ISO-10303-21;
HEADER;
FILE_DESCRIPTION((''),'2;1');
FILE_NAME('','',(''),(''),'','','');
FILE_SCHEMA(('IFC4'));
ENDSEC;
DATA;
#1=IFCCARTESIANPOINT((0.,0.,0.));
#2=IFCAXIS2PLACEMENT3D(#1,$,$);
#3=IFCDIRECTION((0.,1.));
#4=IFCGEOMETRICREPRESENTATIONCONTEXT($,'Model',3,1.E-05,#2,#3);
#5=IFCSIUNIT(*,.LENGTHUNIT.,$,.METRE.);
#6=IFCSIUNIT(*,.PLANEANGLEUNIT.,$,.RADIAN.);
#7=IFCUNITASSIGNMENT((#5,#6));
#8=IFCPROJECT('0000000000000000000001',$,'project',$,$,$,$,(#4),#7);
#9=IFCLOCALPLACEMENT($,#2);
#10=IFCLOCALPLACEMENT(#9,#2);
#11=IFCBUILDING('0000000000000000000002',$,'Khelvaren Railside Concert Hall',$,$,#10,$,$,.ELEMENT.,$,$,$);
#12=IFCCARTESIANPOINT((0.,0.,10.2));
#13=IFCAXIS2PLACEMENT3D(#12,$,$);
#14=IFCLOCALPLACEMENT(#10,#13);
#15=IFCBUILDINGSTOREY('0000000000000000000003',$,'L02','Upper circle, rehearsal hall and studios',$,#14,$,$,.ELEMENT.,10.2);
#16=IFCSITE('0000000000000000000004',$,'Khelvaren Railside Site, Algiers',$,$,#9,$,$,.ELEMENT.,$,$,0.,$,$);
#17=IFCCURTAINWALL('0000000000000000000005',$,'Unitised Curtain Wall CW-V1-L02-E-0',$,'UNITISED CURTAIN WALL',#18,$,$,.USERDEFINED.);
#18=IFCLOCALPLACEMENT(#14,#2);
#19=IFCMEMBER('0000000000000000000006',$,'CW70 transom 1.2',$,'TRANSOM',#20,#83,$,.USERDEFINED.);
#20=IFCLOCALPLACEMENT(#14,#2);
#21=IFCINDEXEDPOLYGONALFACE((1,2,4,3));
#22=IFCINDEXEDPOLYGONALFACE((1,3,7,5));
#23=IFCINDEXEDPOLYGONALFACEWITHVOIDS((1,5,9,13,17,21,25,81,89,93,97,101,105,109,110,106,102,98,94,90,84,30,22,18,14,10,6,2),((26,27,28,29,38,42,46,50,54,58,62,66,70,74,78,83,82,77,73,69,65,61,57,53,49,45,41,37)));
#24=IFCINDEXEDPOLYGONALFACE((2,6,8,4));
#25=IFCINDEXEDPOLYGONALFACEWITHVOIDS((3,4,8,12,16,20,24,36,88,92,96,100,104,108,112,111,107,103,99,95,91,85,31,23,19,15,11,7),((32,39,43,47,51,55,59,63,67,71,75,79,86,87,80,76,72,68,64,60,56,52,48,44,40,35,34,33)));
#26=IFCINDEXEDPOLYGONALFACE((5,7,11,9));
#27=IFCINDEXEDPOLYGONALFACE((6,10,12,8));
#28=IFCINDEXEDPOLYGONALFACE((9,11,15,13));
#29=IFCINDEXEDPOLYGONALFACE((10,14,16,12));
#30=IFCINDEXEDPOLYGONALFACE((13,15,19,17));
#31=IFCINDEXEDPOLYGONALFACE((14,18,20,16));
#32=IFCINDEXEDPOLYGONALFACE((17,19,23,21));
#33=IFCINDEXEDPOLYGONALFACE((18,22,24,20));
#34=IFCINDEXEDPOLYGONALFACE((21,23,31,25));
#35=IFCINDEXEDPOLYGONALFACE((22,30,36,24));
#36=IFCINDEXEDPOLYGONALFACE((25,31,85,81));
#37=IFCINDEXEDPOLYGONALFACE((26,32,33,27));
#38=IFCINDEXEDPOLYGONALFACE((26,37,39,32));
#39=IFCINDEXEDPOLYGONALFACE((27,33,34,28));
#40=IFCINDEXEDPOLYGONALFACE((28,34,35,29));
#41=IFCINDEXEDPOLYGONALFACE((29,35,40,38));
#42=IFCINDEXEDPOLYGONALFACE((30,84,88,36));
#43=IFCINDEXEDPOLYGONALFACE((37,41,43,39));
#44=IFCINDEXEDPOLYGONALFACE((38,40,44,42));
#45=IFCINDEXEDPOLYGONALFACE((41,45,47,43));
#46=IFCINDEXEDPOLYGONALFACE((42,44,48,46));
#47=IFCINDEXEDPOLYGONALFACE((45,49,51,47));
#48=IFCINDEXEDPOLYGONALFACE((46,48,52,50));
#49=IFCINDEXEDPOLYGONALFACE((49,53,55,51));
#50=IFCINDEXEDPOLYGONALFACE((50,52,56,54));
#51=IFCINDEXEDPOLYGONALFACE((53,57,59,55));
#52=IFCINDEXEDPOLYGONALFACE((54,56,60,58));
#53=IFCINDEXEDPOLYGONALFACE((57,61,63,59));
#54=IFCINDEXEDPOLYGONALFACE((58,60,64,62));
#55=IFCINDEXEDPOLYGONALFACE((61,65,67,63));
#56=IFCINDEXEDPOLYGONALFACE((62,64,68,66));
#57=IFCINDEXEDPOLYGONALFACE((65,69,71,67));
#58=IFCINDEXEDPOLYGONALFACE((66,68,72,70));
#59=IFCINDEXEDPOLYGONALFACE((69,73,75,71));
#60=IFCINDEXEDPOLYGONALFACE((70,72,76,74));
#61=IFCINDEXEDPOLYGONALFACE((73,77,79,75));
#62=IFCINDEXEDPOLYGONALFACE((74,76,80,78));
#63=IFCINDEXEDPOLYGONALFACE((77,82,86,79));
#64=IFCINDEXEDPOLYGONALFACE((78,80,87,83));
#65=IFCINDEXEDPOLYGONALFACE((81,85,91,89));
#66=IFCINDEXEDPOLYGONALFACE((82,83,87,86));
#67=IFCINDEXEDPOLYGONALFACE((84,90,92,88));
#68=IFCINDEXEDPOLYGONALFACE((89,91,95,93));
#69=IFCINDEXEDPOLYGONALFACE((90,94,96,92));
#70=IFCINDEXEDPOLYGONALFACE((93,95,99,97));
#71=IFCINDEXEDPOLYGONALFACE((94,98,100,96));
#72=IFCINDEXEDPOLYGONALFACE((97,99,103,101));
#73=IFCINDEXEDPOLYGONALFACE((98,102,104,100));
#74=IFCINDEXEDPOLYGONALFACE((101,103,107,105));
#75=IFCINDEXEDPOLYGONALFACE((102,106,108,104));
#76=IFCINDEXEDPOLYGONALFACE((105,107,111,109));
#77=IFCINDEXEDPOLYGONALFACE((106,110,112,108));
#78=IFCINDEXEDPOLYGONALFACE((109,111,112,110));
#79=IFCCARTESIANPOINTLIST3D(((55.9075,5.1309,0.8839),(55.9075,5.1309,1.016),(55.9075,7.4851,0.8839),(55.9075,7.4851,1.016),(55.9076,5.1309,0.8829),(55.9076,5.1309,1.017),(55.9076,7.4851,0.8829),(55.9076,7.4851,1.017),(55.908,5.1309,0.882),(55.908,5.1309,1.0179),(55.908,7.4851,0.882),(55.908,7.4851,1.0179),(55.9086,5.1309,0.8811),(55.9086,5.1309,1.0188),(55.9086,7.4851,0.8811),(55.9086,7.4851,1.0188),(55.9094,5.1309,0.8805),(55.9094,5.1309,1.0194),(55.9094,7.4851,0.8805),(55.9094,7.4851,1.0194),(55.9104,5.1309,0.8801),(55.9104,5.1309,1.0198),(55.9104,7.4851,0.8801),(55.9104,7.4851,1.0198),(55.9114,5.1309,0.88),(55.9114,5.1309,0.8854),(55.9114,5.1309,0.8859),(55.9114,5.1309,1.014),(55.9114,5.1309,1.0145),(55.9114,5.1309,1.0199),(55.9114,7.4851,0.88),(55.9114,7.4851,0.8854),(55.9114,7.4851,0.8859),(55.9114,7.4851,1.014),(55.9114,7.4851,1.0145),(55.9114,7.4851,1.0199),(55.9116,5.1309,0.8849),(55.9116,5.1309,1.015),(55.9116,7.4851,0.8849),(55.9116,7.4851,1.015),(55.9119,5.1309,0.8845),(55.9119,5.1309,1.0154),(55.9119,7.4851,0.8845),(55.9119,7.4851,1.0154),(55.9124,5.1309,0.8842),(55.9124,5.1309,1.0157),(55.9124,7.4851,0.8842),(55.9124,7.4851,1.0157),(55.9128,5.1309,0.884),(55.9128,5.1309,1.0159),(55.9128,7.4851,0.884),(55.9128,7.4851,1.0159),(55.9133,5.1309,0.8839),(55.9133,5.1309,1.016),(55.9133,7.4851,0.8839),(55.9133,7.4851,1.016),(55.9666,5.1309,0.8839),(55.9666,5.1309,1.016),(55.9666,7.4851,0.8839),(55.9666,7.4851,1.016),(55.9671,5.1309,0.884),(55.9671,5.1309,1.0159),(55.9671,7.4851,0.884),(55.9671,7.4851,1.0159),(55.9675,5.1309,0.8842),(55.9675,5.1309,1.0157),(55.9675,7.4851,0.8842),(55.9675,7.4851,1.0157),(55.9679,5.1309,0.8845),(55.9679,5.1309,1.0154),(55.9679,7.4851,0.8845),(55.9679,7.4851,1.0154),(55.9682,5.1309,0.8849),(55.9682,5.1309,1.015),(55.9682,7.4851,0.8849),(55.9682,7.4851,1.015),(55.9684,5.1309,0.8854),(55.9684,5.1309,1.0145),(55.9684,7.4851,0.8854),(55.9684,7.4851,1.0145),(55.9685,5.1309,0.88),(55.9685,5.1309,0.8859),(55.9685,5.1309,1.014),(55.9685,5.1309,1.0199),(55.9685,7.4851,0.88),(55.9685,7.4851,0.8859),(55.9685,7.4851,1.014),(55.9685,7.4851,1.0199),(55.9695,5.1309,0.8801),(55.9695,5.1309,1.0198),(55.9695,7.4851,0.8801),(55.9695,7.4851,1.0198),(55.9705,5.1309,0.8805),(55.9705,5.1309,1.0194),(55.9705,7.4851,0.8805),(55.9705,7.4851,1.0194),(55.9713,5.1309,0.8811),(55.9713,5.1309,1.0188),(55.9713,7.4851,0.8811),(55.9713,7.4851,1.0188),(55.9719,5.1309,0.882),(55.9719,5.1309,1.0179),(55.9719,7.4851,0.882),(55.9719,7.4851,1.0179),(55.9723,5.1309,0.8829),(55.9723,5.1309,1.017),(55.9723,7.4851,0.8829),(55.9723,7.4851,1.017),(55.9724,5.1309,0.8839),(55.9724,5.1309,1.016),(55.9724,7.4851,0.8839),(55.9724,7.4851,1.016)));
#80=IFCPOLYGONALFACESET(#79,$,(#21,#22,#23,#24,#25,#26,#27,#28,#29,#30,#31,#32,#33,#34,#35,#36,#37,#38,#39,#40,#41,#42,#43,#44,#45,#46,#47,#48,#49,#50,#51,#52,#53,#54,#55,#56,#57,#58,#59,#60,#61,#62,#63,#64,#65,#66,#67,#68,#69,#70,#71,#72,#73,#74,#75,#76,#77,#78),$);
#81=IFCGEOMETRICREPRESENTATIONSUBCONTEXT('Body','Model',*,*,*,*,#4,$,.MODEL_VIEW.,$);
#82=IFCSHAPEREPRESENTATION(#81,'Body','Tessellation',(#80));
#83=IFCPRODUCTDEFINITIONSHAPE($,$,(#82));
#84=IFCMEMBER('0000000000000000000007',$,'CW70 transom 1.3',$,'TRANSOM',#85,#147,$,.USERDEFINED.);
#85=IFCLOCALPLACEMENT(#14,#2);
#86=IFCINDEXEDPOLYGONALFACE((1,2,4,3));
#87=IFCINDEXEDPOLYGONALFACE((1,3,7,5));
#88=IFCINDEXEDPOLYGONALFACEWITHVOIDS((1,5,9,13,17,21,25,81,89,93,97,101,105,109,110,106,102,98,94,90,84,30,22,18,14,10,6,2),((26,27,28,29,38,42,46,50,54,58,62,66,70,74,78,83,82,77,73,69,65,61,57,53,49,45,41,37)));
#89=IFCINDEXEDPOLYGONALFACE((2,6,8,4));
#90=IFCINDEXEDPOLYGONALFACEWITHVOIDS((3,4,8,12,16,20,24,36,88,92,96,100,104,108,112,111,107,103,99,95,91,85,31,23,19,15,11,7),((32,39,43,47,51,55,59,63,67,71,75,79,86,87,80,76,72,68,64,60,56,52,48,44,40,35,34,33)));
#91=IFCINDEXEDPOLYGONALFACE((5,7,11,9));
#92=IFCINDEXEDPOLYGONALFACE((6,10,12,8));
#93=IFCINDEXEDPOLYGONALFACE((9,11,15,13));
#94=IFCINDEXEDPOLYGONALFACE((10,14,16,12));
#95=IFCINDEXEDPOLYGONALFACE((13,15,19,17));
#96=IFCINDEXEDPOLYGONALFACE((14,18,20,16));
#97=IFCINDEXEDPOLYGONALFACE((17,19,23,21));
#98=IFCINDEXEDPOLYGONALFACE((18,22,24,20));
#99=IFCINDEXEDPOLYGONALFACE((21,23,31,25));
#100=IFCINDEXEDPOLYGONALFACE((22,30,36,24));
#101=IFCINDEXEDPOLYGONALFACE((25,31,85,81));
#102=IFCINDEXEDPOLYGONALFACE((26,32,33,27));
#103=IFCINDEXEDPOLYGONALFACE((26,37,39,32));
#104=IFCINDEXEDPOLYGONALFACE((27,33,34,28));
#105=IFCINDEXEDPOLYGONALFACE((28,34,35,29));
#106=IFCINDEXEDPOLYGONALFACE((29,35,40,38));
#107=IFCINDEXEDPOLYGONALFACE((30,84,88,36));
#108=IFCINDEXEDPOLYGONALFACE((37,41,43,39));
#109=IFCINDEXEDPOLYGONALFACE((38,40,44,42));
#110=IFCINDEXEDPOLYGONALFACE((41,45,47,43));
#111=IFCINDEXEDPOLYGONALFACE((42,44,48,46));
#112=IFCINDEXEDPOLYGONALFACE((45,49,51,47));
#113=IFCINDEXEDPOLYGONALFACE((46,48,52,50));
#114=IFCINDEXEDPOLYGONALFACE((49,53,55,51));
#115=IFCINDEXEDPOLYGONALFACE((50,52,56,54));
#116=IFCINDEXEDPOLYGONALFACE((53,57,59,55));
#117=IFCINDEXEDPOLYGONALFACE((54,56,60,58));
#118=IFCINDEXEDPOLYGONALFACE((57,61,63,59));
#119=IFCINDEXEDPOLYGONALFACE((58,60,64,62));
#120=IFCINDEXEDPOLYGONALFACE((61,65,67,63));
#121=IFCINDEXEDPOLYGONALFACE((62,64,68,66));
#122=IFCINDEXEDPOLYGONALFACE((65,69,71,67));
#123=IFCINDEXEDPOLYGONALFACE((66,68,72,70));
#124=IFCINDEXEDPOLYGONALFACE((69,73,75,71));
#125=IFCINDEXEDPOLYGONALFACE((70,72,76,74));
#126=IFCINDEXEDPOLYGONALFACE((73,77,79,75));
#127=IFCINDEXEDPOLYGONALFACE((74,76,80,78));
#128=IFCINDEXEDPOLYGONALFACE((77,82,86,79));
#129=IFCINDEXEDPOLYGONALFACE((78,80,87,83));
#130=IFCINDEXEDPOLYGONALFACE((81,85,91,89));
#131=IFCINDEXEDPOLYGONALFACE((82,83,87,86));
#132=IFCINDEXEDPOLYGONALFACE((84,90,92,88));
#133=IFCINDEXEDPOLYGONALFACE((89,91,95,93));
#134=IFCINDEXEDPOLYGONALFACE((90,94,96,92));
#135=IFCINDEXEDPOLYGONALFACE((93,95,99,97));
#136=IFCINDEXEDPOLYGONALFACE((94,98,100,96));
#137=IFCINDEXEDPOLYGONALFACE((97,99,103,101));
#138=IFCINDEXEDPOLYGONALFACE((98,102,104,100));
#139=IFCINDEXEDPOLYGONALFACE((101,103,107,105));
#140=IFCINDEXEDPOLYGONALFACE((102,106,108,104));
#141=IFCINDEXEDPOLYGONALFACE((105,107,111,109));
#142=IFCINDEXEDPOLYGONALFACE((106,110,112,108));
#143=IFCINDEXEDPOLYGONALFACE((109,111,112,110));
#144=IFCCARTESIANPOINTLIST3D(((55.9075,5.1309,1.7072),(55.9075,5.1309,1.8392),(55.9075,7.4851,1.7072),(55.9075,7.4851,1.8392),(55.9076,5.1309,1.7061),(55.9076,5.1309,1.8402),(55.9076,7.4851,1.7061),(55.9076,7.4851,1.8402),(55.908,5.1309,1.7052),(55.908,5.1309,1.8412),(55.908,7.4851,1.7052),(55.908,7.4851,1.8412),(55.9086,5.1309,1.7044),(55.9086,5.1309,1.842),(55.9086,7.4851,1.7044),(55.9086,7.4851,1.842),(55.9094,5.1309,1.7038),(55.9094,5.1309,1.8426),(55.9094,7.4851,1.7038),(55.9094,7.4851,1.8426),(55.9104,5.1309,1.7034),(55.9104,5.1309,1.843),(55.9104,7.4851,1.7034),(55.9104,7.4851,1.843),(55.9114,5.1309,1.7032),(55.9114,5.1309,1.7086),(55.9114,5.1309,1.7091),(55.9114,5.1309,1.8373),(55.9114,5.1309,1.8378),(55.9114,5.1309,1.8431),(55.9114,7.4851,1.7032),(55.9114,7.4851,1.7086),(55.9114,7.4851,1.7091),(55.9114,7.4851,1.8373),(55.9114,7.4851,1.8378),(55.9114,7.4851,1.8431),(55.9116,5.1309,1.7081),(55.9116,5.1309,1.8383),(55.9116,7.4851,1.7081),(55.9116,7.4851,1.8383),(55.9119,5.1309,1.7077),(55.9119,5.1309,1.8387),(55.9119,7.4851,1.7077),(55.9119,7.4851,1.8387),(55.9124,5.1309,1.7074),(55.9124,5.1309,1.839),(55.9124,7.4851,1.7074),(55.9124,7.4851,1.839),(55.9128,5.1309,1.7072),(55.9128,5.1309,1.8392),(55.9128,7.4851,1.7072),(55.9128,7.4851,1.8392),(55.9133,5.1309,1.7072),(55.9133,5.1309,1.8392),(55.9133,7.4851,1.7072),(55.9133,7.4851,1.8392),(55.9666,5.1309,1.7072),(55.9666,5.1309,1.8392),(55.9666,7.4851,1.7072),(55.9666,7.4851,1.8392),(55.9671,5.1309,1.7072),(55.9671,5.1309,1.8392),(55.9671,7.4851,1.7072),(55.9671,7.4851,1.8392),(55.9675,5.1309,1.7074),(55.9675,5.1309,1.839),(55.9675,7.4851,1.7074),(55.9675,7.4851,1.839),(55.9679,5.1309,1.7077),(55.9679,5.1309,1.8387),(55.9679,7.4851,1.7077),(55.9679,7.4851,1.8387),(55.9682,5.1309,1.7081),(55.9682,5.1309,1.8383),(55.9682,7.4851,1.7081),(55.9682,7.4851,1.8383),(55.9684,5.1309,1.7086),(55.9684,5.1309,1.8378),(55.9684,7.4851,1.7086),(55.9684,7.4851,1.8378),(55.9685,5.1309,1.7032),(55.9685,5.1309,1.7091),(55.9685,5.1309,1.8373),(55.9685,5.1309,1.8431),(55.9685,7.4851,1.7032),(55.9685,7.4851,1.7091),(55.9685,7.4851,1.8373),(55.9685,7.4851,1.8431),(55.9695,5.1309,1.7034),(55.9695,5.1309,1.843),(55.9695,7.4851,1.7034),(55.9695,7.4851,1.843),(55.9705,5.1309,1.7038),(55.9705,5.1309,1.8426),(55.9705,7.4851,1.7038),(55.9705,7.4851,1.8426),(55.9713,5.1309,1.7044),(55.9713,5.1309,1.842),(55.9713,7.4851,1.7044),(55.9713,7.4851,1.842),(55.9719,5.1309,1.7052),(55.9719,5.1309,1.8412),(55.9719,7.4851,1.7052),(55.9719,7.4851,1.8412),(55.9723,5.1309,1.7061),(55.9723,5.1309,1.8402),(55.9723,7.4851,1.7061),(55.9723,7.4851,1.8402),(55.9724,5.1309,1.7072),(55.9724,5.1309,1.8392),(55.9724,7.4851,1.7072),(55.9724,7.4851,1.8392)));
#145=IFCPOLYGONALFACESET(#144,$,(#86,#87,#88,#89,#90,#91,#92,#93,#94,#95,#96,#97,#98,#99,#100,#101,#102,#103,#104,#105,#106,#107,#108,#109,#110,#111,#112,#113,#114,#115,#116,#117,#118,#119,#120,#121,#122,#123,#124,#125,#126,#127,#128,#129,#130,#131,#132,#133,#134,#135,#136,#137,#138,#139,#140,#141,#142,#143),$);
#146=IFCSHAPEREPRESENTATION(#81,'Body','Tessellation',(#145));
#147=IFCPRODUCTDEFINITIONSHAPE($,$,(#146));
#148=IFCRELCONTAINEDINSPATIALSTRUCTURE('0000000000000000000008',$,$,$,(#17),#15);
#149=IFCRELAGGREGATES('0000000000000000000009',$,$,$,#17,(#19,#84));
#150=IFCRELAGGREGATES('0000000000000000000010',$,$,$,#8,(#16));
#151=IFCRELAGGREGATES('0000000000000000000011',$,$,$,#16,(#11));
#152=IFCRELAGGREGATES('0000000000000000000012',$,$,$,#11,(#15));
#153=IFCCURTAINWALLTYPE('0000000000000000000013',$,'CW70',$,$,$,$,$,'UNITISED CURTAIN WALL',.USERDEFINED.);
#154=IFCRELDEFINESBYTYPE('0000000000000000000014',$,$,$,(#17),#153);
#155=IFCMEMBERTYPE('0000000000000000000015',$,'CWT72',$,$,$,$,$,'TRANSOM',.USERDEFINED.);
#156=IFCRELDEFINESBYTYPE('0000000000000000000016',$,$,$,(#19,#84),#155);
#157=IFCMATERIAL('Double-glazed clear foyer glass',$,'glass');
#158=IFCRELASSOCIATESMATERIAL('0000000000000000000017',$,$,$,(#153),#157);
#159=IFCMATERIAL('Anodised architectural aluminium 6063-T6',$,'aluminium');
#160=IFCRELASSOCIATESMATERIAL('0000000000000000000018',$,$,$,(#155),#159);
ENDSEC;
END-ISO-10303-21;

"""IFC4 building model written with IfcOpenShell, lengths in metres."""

from ifc_helpers import new_model, si_unit, direction, frame, origin, origin_2d, place, context, subcontext, project, spatial, hollow_rectangle, extrude, material, material_profile, profile_set, type_object, element, aggregate, save


model = new_model("IFC4")

# Units and contexts
model_context = context("Model", 3, precision=1e-05, world=origin(), true_north=direction((0.0, 1.0)))
body_context = subcontext(model_context, "Body", "Model", "MODEL_VIEW")
ifc_project = project(units=[si_unit("LENGTHUNIT", "METRE"), si_unit("PLANEANGLEUNIT", "RADIAN")], contexts=[model_context])

# Site, building, storey
site_placement = place(None, origin())
site = spatial("IfcSite", under=ifc_project, at=site_placement, Name="Khelvaren Railside Site, Algiers", CompositionType="ELEMENT", RefElevation=0.0)
building_placement = place(site_placement, origin())
building = spatial("IfcBuilding", under=site, at=building_placement, Name="Khelvaren Railside Concert Hall", CompositionType="ELEMENT")
storey_placement = place(building_placement, frame((0.0, 0.0, 10.2)))
storey = spatial("IfcBuildingStorey", under=building, at=storey_placement, Name="L02", Description="Upper circle, rehearsal hall and studios", CompositionType="ELEMENT", Elevation=10.2)

# Curtain wall, members
ifc_material_1 = material(Name="Double-glazed clear foyer glass", Category="glass")
curtain_wall_type = type_object("IfcCurtainWallType", Name="CW70", ElementType="UNITISED CURTAIN WALL", PredefinedType="USERDEFINED", material=ifc_material_1)
curtain_wall_placement = place(storey_placement, origin())
curtain_wall = element("IfcCurtainWall", 1, at=curtain_wall_placement, inside=storey, type_object=curtain_wall_type, Name="Unitised Curtain Wall CW-V1-L02-E-0", ObjectType="UNITISED CURTAIN WALL", PredefinedType="USERDEFINED")
ifc_material_2 = material(Name="Anodised architectural aluminium 6063-T6", Category="aluminium")
ifc_material_profile_1 = material_profile(ifc_material_2, hollow_rectangle(XDim=0.0649, YDim=0.1399, WallThickness=0.0039, InnerFilletRadius=0.002, OuterFilletRadius=0.0039, at=origin_2d()), Name="CWT 65x140x4")
ifc_profile_set_1 = profile_set([ifc_material_profile_1], Name="Anodised architectural aluminium 6063-T6")
member_type_1 = type_object("IfcMemberType", Name="CWT72", ElementType="TRANSOM", PredefinedType="USERDEFINED", material=ifc_profile_set_1)
member_1_placement = place(storey_placement, frame((55.9399, 7.4851, 0.95), z_axis=(0.0, -1.0, 0.0), x_axis=(1.0, 0.0, 0.0)))
member_1 = element("IfcMember", 2, at=member_1_placement, type_object=member_type_1, Name="CW70 transom 1.2", ObjectType="TRANSOM", PredefinedType="USERDEFINED", context=body_context, shape_type="SweptSolid", body=[
    extrude(hollow_rectangle(XDim=0.0649, YDim=0.1399, WallThickness=0.0039, InnerFilletRadius=0.002, OuterFilletRadius=0.0039, at=origin_2d()), origin(), (0.0, 0.0, 1.0), 2.3542),
])
member_2_placement = place(storey_placement, frame((55.9399, 7.4851, 1.7732), z_axis=(0.0, -1.0, 0.0), x_axis=(1.0, 0.0, 0.0)))
member_2 = element("IfcMember", 3, at=member_2_placement, type_object=member_type_1, Name="CW70 transom 1.3", ObjectType="TRANSOM", PredefinedType="USERDEFINED", context=body_context, shape_type="SweptSolid", body=[
    extrude(hollow_rectangle(XDim=0.0649, YDim=0.1399, WallThickness=0.0039, InnerFilletRadius=0.002, OuterFilletRadius=0.0039, at=origin_2d()), origin(), (0.0, 0.0, 1.0), 2.3542),
])
aggregate(curtain_wall, [member_1, member_2])

save(model, "model.ifc")
